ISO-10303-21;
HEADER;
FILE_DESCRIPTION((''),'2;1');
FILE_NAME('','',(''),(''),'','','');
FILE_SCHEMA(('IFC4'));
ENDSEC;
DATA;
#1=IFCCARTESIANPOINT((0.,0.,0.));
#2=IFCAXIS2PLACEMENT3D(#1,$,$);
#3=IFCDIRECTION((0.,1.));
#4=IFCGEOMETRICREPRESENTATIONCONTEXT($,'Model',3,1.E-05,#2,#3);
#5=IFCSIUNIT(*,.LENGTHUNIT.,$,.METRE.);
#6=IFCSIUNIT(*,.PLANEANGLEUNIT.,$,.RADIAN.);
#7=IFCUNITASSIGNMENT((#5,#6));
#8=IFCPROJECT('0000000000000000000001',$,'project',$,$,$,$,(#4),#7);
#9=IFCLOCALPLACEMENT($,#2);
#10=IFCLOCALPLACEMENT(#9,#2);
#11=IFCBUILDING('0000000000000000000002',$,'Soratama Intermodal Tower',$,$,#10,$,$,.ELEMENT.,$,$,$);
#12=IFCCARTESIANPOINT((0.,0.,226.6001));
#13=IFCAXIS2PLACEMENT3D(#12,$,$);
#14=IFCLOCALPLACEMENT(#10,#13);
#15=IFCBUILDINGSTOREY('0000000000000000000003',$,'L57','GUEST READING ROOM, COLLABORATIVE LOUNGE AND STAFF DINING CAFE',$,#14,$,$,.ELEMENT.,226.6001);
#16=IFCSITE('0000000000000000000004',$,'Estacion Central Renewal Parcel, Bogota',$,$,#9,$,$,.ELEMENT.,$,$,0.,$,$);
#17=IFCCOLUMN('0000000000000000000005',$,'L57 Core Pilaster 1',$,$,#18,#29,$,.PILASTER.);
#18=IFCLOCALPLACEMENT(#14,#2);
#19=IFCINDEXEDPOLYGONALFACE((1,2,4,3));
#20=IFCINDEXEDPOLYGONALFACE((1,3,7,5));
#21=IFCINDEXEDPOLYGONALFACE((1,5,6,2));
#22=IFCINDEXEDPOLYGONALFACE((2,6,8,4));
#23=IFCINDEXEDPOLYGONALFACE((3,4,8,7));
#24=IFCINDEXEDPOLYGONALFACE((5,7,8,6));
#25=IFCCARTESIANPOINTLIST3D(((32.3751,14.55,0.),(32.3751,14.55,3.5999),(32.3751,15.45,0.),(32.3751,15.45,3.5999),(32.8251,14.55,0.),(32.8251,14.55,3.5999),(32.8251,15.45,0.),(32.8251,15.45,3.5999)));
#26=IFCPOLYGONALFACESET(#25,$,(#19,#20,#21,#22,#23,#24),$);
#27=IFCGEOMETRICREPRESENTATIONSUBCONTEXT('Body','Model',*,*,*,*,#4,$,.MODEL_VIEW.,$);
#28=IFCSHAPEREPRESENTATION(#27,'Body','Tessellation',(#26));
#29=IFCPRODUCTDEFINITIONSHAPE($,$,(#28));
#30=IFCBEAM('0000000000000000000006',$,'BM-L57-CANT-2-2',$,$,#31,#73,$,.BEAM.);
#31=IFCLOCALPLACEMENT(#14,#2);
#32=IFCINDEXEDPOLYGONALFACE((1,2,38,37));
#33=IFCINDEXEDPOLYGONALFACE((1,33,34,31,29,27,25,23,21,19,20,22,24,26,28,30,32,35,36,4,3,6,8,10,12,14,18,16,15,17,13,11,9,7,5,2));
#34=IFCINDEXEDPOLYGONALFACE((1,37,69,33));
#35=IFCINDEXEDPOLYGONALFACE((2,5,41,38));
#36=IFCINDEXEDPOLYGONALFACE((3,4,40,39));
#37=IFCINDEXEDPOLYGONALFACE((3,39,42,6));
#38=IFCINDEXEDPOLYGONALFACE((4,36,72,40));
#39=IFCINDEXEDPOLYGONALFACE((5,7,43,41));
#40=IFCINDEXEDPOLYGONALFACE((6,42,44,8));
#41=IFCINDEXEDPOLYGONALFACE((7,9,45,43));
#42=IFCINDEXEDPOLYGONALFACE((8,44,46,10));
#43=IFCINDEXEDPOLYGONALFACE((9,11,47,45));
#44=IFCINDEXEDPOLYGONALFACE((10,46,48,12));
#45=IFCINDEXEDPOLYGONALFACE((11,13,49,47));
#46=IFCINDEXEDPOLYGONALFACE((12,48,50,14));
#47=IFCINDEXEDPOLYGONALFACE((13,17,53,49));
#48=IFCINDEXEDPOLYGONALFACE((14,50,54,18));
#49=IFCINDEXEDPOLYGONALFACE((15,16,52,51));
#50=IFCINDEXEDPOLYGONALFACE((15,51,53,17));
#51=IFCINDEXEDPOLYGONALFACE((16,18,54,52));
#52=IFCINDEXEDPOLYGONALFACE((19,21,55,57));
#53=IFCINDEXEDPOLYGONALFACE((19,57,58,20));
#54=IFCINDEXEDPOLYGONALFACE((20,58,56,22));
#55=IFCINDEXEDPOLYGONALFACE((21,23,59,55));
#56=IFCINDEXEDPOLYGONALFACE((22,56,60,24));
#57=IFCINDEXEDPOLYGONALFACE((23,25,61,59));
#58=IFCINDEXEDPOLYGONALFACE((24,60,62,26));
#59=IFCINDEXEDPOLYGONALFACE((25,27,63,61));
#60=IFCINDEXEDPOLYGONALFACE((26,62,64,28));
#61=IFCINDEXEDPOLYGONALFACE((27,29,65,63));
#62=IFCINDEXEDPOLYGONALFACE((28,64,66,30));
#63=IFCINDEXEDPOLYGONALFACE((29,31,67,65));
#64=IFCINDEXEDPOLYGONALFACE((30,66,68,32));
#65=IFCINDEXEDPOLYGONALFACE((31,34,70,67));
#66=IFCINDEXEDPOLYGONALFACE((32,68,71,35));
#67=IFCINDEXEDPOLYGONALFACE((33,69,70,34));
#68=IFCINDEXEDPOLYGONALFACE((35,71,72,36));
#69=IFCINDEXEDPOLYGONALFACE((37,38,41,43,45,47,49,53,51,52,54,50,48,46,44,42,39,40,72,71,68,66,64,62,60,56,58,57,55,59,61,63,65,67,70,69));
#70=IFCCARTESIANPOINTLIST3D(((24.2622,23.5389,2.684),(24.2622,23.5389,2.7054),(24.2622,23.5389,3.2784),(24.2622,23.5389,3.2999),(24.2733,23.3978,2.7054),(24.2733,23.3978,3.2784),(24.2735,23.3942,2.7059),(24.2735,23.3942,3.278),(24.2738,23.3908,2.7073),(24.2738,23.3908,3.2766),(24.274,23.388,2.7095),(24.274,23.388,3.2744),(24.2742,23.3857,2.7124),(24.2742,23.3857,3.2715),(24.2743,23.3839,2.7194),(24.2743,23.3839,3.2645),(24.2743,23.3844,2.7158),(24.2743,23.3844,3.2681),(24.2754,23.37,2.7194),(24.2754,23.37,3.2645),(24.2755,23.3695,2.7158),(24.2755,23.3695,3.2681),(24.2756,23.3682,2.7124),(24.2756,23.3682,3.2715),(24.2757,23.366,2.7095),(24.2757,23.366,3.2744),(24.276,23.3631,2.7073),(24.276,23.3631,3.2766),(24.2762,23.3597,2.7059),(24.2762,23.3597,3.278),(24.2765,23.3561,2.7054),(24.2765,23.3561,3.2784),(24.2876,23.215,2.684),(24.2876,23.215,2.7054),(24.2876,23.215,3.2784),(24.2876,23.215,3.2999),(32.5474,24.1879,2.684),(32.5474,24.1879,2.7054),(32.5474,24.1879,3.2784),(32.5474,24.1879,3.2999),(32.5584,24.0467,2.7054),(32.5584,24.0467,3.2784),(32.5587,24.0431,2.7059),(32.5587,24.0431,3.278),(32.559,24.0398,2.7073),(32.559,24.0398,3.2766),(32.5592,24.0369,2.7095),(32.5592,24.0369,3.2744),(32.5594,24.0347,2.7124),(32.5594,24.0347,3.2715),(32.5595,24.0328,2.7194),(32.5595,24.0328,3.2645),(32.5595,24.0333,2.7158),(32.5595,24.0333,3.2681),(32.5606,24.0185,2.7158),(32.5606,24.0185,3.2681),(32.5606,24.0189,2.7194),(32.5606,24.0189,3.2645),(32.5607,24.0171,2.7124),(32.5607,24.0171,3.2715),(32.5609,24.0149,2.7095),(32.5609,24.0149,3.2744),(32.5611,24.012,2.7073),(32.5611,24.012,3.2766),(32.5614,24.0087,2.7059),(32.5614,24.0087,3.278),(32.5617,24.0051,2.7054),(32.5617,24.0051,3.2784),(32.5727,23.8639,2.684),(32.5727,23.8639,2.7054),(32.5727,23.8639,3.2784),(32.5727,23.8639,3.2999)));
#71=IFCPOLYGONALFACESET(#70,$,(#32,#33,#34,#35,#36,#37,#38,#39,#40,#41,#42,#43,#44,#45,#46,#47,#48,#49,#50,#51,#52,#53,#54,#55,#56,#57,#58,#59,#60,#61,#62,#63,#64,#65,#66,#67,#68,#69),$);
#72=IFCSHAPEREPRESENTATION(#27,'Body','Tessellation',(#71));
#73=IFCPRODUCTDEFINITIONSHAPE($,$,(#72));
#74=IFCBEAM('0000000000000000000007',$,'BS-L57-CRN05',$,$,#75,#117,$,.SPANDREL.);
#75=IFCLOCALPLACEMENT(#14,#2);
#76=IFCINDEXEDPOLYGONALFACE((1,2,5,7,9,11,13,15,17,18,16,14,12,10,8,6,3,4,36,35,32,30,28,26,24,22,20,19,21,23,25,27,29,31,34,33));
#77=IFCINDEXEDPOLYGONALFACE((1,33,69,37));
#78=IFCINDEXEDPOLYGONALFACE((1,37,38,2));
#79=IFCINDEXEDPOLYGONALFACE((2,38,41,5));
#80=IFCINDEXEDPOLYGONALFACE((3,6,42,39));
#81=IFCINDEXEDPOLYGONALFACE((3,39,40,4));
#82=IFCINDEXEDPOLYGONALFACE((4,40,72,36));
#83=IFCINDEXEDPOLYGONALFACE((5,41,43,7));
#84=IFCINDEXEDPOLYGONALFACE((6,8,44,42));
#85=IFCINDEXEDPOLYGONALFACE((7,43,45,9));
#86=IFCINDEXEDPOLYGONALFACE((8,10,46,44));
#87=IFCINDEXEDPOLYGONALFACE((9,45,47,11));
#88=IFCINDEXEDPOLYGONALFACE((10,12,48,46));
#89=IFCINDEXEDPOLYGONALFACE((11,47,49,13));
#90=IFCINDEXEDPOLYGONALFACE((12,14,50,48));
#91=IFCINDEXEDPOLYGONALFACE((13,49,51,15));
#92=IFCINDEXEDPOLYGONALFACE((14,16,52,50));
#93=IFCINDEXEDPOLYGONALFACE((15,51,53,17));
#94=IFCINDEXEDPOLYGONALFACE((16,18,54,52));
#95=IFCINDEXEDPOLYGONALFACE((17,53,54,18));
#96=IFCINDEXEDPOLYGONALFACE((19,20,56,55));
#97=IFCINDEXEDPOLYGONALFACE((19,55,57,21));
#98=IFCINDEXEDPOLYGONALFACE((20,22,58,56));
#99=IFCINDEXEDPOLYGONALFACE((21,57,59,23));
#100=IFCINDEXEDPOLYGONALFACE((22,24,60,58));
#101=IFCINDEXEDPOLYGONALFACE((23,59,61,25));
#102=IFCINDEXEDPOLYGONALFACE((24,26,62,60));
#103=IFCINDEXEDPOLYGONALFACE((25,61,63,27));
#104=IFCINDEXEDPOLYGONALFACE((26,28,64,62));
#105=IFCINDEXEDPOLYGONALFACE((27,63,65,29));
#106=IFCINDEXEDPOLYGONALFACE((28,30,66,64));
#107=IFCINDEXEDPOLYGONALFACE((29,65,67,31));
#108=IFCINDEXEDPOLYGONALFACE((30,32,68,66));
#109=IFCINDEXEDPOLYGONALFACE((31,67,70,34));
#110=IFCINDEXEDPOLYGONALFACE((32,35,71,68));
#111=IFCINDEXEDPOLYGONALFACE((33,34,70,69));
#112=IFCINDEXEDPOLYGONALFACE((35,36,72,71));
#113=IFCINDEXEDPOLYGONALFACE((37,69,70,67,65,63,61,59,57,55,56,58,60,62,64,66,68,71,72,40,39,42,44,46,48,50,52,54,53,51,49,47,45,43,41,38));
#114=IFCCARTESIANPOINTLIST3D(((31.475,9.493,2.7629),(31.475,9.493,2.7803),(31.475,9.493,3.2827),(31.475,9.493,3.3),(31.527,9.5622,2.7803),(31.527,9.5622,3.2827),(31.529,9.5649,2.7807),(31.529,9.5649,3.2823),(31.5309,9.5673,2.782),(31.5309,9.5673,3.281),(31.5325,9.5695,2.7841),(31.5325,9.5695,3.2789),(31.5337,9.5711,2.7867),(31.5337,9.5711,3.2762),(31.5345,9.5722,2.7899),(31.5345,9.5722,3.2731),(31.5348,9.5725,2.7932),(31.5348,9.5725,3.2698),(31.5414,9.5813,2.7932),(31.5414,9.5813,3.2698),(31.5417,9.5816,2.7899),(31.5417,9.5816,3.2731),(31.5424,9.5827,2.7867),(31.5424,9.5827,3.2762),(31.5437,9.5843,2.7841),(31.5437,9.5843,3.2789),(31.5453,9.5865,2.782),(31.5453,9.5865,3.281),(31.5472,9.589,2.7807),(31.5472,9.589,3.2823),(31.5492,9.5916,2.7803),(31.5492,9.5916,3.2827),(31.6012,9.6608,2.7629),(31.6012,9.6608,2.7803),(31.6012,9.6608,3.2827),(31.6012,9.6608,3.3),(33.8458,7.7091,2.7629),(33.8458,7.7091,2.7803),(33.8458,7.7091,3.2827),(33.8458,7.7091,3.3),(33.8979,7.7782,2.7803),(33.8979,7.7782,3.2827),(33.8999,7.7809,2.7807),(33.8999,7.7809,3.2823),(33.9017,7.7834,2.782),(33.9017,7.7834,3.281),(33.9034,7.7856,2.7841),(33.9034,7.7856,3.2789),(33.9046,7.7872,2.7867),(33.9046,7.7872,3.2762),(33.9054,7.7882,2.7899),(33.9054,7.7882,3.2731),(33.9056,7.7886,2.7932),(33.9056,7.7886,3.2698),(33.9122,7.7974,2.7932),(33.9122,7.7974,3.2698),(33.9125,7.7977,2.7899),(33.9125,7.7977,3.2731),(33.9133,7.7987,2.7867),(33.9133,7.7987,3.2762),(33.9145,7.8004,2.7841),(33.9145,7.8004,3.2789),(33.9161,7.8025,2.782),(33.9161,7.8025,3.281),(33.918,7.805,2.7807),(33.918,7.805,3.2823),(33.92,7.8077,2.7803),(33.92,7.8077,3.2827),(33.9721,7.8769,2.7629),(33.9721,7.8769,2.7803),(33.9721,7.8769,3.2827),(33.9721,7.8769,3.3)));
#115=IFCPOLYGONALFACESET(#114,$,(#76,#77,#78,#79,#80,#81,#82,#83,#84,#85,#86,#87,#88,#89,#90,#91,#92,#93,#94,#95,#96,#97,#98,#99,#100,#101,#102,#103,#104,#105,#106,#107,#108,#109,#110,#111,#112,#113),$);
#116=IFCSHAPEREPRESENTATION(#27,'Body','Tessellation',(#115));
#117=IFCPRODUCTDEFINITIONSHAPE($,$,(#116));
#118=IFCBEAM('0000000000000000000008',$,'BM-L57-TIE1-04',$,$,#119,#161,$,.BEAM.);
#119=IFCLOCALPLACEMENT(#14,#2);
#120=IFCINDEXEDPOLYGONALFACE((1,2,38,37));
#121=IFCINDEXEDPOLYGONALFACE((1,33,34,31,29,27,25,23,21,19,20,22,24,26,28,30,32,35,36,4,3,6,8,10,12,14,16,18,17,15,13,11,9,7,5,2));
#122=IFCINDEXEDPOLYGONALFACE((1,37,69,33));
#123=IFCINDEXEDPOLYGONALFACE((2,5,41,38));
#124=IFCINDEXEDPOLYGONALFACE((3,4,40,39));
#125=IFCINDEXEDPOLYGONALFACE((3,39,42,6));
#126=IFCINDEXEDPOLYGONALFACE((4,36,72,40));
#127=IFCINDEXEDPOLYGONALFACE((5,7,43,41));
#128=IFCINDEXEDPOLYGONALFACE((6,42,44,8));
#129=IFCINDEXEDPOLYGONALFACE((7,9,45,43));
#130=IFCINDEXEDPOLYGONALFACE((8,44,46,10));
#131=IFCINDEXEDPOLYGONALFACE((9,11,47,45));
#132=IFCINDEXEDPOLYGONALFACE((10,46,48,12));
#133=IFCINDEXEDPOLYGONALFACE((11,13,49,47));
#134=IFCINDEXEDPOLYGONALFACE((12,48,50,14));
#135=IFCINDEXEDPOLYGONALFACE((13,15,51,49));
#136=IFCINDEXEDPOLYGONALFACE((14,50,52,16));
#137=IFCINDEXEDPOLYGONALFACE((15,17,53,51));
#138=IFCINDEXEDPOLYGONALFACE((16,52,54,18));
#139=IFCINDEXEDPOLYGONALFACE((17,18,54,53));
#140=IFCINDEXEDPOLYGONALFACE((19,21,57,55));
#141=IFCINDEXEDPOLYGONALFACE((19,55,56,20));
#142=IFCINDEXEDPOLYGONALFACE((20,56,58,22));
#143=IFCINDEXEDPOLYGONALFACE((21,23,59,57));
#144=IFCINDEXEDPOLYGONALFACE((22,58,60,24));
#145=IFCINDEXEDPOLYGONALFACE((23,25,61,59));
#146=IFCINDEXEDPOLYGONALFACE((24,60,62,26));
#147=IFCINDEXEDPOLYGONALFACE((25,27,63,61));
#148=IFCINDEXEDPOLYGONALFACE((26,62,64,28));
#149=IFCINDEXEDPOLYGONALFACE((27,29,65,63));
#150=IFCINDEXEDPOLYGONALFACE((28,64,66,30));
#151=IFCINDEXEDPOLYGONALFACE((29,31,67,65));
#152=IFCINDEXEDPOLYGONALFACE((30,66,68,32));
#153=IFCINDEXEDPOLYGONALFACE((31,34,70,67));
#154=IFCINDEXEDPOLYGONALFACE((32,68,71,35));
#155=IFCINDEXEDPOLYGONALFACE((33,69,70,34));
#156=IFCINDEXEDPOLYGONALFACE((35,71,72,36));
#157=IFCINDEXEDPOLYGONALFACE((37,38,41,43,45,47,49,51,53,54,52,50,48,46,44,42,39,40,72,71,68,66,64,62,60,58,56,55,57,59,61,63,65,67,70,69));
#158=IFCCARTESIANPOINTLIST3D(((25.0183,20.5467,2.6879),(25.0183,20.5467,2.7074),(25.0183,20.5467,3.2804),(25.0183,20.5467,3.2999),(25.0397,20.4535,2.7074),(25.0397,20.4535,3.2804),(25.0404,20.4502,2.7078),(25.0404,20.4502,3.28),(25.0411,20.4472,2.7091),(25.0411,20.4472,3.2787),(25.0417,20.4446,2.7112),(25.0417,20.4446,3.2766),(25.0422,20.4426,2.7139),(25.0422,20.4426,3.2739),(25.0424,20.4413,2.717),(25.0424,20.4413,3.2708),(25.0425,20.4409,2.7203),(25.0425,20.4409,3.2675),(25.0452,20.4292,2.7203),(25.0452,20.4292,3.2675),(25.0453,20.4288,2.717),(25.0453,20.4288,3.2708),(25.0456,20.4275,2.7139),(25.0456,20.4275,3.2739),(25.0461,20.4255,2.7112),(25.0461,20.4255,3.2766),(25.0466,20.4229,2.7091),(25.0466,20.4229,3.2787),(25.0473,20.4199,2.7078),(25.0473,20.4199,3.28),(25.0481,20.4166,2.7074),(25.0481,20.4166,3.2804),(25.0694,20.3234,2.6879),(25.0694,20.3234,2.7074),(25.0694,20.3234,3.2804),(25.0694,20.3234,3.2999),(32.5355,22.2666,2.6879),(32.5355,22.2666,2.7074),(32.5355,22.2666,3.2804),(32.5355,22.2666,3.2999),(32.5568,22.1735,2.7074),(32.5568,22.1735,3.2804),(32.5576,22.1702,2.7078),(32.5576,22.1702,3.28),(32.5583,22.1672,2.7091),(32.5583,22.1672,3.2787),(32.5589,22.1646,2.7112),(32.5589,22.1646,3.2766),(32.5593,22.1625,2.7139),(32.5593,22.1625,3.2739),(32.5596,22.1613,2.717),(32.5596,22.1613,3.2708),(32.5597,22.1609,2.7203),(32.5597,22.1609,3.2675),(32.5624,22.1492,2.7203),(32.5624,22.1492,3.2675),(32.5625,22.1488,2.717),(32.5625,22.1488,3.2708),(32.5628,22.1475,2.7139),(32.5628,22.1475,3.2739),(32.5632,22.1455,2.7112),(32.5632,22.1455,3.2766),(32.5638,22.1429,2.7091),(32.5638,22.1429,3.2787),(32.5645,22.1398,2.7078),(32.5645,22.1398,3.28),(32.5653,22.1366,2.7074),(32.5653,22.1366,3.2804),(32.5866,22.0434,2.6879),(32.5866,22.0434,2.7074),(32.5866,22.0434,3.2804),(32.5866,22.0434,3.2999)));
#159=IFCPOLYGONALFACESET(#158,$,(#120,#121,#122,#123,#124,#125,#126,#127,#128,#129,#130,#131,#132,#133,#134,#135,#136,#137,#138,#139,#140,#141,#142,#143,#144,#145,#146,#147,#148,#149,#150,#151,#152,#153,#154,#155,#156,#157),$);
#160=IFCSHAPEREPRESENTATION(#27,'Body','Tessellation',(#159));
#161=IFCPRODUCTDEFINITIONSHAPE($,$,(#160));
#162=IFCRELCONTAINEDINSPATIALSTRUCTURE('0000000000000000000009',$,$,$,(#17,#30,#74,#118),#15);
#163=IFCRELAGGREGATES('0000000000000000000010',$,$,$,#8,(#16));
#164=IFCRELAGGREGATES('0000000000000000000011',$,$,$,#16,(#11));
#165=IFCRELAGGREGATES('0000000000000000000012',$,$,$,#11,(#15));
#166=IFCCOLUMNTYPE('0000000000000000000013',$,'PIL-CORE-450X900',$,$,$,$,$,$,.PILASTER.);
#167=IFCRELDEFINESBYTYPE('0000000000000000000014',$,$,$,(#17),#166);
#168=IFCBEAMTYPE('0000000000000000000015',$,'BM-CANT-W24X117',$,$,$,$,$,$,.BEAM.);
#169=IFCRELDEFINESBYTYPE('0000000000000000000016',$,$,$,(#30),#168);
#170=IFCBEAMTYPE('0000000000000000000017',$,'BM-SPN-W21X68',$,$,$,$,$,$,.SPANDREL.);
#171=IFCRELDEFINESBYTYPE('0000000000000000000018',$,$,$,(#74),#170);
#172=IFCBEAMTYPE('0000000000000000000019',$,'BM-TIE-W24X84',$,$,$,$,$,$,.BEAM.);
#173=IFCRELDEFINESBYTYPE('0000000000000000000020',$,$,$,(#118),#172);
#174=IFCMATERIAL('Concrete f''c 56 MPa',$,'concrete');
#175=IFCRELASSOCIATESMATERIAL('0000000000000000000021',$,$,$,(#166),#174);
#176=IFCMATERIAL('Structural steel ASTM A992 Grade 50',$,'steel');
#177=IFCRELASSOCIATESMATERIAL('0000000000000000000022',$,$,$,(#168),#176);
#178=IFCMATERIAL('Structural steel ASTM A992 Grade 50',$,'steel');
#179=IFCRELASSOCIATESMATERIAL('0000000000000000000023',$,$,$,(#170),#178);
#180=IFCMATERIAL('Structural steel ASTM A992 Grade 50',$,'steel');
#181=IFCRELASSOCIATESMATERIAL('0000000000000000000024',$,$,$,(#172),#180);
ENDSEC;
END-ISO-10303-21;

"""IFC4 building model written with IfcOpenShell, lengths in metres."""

from ifc_helpers import new_model, si_unit, direction, frame, origin, origin_2d, place, context, subcontext, project, spatial, rectangle, i_section, extrude, material, material_profile, profile_set, type_object, element, save


model = new_model("IFC4")

# Units and contexts
model_context = context("Model", 3, precision=1e-05, world=origin(), true_north=direction((0.0, 1.0)))
body_context = subcontext(model_context, "Body", "Model", "MODEL_VIEW")
ifc_project = project(units=[si_unit("LENGTHUNIT", "METRE"), si_unit("PLANEANGLEUNIT", "RADIAN")], contexts=[model_context])

# Site, building, storey
site_placement = place(None, origin())
site = spatial("IfcSite", under=ifc_project, at=site_placement, Name="Estacion Central Renewal Parcel, Bogota", CompositionType="ELEMENT", RefElevation=0.0)
building_placement = place(site_placement, origin())
building = spatial("IfcBuilding", under=site, at=building_placement, Name="Soratama Intermodal Tower", CompositionType="ELEMENT")
storey_placement = place(building_placement, frame((0.0, 0.0, 226.6001)))
storey = spatial("IfcBuildingStorey", under=building, at=storey_placement, Name="L57", Description="GUEST READING ROOM, COLLABORATIVE LOUNGE AND STAFF DINING CAFE", CompositionType="ELEMENT", Elevation=226.6001)

# Column
ifc_material_1 = material(Name="Concrete f'c 56 MPa", Category="concrete")
ifc_material_profile_1 = material_profile(ifc_material_1, rectangle(XDim=0.45, YDim=0.8999, at=origin_2d()), Name="RC450X900")
ifc_profile_set_1 = profile_set([ifc_material_profile_1], Name="Concrete f'c 56 MPa")
column_type = type_object("IfcColumnType", Name="PIL-CORE-450X900", PredefinedType="PILASTER", material=ifc_profile_set_1)
column_placement = place(storey_placement, frame((32.6001, 15.0, 0.0), z_axis=(0.0, 0.0, 1.0), x_axis=(1.0, 0.0, 0.0)))
element("IfcColumn", 1, at=column_placement, inside=storey, type_object=column_type, Name="L57 Core Pilaster 1", PredefinedType="PILASTER", context=body_context, shape_type="SweptSolid", body=[
    extrude(rectangle(XDim=0.45, YDim=0.8999, at=origin_2d()), origin(), (0.0, 0.0, 1.0), 3.5999),
])

# Beams
ifc_material_2 = material(Name="Structural steel ASTM A992 Grade 50", Category="steel")
ifc_material_profile_2 = material_profile(ifc_material_2, i_section(OverallWidth=0.325, OverallDepth=0.616, WebThickness=0.0139, FlangeThickness=0.0215, FilletRadius=0.0139, at=origin_2d()), Name="W24X117")
ifc_profile_set_2 = profile_set([ifc_material_profile_2], Name="Structural steel ASTM A992 Grade 50")
beam_type_1 = type_object("IfcBeamType", Name="BM-CANT-W24X117", PredefinedType="BEAM", material=ifc_profile_set_2)
beam_1_placement = place(storey_placement, frame((32.5601, 24.0259, 2.9919), z_axis=(-0.996947, -0.078085, 0.0), x_axis=(0.078085, -0.996947, 0.0)))
element("IfcBeam", 2, at=beam_1_placement, inside=storey, type_object=beam_type_1, Name="BM-L57-CANT-2-2", PredefinedType="BEAM", context=body_context, shape_type="SweptSolid", body=[
    extrude(i_section(OverallWidth=0.325, OverallDepth=0.616, WebThickness=0.0139, FlangeThickness=0.0215, FilletRadius=0.0139, at=origin_2d()), origin(), (0.0, 0.0, 1.0), 8.3105),
])
ifc_material_3 = material(Name="Structural steel ASTM A992 Grade 50", Category="steel")
ifc_material_profile_3 = material_profile(ifc_material_3, i_section(OverallWidth=0.21, OverallDepth=0.5371, WebThickness=0.011, FlangeThickness=0.0173, FilletRadius=0.0129, at=origin_2d()), Name="W21X68")
ifc_profile_set_3 = profile_set([ifc_material_profile_3], Name="Structural steel ASTM A992 Grade 50")
beam_type_2 = type_object("IfcBeamType", Name="BM-SPN-W21X68", PredefinedType="SPANDREL", material=ifc_profile_set_3)
beam_2_placement = place(storey_placement, frame((31.5381, 9.5769, 3.0315), z_axis=(0.799061, -0.60125, 0.0), x_axis=(0.60125, 0.799061, 0.0)))
element("IfcBeam", 3, at=beam_2_placement, inside=storey, type_object=beam_type_2, Name="BS-L57-CRN05", PredefinedType="SPANDREL", context=body_context, shape_type="SweptSolid", body=[
    extrude(i_section(OverallWidth=0.21, OverallDepth=0.5371, WebThickness=0.011, FlangeThickness=0.0173, FilletRadius=0.0129, at=origin_2d()), origin(), (0.0, 0.0, 1.0), 2.967),
])
ifc_material_4 = material(Name="Structural steel ASTM A992 Grade 50", Category="steel")
ifc_material_profile_4 = material_profile(ifc_material_4, i_section(OverallWidth=0.229, OverallDepth=0.6121, WebThickness=0.012, FlangeThickness=0.0195, FilletRadius=0.0129, at=origin_2d()), Name="W24X84")
ifc_profile_set_4 = profile_set([ifc_material_profile_4], Name="Structural steel ASTM A992 Grade 50")
beam_type_3 = type_object("IfcBeamType", Name="BM-TIE-W24X84", PredefinedType="BEAM", material=ifc_profile_set_4)
beam_3_placement = place(storey_placement, frame((32.561, 22.155, 2.9939), z_axis=(-0.974808, -0.223044, 0.0), x_axis=(0.223044, -0.974808, 0.0)))
element("IfcBeam", 4, at=beam_3_placement, inside=storey, type_object=beam_type_3, Name="BM-L57-TIE1-04", PredefinedType="BEAM", context=body_context, shape_type="SweptSolid", body=[
    extrude(i_section(OverallWidth=0.229, OverallDepth=0.6121, WebThickness=0.012, FlangeThickness=0.0195, FilletRadius=0.0129, at=origin_2d()), origin(), (0.0, 0.0, 1.0), 7.7114),
])

save(model, "model.ifc")
